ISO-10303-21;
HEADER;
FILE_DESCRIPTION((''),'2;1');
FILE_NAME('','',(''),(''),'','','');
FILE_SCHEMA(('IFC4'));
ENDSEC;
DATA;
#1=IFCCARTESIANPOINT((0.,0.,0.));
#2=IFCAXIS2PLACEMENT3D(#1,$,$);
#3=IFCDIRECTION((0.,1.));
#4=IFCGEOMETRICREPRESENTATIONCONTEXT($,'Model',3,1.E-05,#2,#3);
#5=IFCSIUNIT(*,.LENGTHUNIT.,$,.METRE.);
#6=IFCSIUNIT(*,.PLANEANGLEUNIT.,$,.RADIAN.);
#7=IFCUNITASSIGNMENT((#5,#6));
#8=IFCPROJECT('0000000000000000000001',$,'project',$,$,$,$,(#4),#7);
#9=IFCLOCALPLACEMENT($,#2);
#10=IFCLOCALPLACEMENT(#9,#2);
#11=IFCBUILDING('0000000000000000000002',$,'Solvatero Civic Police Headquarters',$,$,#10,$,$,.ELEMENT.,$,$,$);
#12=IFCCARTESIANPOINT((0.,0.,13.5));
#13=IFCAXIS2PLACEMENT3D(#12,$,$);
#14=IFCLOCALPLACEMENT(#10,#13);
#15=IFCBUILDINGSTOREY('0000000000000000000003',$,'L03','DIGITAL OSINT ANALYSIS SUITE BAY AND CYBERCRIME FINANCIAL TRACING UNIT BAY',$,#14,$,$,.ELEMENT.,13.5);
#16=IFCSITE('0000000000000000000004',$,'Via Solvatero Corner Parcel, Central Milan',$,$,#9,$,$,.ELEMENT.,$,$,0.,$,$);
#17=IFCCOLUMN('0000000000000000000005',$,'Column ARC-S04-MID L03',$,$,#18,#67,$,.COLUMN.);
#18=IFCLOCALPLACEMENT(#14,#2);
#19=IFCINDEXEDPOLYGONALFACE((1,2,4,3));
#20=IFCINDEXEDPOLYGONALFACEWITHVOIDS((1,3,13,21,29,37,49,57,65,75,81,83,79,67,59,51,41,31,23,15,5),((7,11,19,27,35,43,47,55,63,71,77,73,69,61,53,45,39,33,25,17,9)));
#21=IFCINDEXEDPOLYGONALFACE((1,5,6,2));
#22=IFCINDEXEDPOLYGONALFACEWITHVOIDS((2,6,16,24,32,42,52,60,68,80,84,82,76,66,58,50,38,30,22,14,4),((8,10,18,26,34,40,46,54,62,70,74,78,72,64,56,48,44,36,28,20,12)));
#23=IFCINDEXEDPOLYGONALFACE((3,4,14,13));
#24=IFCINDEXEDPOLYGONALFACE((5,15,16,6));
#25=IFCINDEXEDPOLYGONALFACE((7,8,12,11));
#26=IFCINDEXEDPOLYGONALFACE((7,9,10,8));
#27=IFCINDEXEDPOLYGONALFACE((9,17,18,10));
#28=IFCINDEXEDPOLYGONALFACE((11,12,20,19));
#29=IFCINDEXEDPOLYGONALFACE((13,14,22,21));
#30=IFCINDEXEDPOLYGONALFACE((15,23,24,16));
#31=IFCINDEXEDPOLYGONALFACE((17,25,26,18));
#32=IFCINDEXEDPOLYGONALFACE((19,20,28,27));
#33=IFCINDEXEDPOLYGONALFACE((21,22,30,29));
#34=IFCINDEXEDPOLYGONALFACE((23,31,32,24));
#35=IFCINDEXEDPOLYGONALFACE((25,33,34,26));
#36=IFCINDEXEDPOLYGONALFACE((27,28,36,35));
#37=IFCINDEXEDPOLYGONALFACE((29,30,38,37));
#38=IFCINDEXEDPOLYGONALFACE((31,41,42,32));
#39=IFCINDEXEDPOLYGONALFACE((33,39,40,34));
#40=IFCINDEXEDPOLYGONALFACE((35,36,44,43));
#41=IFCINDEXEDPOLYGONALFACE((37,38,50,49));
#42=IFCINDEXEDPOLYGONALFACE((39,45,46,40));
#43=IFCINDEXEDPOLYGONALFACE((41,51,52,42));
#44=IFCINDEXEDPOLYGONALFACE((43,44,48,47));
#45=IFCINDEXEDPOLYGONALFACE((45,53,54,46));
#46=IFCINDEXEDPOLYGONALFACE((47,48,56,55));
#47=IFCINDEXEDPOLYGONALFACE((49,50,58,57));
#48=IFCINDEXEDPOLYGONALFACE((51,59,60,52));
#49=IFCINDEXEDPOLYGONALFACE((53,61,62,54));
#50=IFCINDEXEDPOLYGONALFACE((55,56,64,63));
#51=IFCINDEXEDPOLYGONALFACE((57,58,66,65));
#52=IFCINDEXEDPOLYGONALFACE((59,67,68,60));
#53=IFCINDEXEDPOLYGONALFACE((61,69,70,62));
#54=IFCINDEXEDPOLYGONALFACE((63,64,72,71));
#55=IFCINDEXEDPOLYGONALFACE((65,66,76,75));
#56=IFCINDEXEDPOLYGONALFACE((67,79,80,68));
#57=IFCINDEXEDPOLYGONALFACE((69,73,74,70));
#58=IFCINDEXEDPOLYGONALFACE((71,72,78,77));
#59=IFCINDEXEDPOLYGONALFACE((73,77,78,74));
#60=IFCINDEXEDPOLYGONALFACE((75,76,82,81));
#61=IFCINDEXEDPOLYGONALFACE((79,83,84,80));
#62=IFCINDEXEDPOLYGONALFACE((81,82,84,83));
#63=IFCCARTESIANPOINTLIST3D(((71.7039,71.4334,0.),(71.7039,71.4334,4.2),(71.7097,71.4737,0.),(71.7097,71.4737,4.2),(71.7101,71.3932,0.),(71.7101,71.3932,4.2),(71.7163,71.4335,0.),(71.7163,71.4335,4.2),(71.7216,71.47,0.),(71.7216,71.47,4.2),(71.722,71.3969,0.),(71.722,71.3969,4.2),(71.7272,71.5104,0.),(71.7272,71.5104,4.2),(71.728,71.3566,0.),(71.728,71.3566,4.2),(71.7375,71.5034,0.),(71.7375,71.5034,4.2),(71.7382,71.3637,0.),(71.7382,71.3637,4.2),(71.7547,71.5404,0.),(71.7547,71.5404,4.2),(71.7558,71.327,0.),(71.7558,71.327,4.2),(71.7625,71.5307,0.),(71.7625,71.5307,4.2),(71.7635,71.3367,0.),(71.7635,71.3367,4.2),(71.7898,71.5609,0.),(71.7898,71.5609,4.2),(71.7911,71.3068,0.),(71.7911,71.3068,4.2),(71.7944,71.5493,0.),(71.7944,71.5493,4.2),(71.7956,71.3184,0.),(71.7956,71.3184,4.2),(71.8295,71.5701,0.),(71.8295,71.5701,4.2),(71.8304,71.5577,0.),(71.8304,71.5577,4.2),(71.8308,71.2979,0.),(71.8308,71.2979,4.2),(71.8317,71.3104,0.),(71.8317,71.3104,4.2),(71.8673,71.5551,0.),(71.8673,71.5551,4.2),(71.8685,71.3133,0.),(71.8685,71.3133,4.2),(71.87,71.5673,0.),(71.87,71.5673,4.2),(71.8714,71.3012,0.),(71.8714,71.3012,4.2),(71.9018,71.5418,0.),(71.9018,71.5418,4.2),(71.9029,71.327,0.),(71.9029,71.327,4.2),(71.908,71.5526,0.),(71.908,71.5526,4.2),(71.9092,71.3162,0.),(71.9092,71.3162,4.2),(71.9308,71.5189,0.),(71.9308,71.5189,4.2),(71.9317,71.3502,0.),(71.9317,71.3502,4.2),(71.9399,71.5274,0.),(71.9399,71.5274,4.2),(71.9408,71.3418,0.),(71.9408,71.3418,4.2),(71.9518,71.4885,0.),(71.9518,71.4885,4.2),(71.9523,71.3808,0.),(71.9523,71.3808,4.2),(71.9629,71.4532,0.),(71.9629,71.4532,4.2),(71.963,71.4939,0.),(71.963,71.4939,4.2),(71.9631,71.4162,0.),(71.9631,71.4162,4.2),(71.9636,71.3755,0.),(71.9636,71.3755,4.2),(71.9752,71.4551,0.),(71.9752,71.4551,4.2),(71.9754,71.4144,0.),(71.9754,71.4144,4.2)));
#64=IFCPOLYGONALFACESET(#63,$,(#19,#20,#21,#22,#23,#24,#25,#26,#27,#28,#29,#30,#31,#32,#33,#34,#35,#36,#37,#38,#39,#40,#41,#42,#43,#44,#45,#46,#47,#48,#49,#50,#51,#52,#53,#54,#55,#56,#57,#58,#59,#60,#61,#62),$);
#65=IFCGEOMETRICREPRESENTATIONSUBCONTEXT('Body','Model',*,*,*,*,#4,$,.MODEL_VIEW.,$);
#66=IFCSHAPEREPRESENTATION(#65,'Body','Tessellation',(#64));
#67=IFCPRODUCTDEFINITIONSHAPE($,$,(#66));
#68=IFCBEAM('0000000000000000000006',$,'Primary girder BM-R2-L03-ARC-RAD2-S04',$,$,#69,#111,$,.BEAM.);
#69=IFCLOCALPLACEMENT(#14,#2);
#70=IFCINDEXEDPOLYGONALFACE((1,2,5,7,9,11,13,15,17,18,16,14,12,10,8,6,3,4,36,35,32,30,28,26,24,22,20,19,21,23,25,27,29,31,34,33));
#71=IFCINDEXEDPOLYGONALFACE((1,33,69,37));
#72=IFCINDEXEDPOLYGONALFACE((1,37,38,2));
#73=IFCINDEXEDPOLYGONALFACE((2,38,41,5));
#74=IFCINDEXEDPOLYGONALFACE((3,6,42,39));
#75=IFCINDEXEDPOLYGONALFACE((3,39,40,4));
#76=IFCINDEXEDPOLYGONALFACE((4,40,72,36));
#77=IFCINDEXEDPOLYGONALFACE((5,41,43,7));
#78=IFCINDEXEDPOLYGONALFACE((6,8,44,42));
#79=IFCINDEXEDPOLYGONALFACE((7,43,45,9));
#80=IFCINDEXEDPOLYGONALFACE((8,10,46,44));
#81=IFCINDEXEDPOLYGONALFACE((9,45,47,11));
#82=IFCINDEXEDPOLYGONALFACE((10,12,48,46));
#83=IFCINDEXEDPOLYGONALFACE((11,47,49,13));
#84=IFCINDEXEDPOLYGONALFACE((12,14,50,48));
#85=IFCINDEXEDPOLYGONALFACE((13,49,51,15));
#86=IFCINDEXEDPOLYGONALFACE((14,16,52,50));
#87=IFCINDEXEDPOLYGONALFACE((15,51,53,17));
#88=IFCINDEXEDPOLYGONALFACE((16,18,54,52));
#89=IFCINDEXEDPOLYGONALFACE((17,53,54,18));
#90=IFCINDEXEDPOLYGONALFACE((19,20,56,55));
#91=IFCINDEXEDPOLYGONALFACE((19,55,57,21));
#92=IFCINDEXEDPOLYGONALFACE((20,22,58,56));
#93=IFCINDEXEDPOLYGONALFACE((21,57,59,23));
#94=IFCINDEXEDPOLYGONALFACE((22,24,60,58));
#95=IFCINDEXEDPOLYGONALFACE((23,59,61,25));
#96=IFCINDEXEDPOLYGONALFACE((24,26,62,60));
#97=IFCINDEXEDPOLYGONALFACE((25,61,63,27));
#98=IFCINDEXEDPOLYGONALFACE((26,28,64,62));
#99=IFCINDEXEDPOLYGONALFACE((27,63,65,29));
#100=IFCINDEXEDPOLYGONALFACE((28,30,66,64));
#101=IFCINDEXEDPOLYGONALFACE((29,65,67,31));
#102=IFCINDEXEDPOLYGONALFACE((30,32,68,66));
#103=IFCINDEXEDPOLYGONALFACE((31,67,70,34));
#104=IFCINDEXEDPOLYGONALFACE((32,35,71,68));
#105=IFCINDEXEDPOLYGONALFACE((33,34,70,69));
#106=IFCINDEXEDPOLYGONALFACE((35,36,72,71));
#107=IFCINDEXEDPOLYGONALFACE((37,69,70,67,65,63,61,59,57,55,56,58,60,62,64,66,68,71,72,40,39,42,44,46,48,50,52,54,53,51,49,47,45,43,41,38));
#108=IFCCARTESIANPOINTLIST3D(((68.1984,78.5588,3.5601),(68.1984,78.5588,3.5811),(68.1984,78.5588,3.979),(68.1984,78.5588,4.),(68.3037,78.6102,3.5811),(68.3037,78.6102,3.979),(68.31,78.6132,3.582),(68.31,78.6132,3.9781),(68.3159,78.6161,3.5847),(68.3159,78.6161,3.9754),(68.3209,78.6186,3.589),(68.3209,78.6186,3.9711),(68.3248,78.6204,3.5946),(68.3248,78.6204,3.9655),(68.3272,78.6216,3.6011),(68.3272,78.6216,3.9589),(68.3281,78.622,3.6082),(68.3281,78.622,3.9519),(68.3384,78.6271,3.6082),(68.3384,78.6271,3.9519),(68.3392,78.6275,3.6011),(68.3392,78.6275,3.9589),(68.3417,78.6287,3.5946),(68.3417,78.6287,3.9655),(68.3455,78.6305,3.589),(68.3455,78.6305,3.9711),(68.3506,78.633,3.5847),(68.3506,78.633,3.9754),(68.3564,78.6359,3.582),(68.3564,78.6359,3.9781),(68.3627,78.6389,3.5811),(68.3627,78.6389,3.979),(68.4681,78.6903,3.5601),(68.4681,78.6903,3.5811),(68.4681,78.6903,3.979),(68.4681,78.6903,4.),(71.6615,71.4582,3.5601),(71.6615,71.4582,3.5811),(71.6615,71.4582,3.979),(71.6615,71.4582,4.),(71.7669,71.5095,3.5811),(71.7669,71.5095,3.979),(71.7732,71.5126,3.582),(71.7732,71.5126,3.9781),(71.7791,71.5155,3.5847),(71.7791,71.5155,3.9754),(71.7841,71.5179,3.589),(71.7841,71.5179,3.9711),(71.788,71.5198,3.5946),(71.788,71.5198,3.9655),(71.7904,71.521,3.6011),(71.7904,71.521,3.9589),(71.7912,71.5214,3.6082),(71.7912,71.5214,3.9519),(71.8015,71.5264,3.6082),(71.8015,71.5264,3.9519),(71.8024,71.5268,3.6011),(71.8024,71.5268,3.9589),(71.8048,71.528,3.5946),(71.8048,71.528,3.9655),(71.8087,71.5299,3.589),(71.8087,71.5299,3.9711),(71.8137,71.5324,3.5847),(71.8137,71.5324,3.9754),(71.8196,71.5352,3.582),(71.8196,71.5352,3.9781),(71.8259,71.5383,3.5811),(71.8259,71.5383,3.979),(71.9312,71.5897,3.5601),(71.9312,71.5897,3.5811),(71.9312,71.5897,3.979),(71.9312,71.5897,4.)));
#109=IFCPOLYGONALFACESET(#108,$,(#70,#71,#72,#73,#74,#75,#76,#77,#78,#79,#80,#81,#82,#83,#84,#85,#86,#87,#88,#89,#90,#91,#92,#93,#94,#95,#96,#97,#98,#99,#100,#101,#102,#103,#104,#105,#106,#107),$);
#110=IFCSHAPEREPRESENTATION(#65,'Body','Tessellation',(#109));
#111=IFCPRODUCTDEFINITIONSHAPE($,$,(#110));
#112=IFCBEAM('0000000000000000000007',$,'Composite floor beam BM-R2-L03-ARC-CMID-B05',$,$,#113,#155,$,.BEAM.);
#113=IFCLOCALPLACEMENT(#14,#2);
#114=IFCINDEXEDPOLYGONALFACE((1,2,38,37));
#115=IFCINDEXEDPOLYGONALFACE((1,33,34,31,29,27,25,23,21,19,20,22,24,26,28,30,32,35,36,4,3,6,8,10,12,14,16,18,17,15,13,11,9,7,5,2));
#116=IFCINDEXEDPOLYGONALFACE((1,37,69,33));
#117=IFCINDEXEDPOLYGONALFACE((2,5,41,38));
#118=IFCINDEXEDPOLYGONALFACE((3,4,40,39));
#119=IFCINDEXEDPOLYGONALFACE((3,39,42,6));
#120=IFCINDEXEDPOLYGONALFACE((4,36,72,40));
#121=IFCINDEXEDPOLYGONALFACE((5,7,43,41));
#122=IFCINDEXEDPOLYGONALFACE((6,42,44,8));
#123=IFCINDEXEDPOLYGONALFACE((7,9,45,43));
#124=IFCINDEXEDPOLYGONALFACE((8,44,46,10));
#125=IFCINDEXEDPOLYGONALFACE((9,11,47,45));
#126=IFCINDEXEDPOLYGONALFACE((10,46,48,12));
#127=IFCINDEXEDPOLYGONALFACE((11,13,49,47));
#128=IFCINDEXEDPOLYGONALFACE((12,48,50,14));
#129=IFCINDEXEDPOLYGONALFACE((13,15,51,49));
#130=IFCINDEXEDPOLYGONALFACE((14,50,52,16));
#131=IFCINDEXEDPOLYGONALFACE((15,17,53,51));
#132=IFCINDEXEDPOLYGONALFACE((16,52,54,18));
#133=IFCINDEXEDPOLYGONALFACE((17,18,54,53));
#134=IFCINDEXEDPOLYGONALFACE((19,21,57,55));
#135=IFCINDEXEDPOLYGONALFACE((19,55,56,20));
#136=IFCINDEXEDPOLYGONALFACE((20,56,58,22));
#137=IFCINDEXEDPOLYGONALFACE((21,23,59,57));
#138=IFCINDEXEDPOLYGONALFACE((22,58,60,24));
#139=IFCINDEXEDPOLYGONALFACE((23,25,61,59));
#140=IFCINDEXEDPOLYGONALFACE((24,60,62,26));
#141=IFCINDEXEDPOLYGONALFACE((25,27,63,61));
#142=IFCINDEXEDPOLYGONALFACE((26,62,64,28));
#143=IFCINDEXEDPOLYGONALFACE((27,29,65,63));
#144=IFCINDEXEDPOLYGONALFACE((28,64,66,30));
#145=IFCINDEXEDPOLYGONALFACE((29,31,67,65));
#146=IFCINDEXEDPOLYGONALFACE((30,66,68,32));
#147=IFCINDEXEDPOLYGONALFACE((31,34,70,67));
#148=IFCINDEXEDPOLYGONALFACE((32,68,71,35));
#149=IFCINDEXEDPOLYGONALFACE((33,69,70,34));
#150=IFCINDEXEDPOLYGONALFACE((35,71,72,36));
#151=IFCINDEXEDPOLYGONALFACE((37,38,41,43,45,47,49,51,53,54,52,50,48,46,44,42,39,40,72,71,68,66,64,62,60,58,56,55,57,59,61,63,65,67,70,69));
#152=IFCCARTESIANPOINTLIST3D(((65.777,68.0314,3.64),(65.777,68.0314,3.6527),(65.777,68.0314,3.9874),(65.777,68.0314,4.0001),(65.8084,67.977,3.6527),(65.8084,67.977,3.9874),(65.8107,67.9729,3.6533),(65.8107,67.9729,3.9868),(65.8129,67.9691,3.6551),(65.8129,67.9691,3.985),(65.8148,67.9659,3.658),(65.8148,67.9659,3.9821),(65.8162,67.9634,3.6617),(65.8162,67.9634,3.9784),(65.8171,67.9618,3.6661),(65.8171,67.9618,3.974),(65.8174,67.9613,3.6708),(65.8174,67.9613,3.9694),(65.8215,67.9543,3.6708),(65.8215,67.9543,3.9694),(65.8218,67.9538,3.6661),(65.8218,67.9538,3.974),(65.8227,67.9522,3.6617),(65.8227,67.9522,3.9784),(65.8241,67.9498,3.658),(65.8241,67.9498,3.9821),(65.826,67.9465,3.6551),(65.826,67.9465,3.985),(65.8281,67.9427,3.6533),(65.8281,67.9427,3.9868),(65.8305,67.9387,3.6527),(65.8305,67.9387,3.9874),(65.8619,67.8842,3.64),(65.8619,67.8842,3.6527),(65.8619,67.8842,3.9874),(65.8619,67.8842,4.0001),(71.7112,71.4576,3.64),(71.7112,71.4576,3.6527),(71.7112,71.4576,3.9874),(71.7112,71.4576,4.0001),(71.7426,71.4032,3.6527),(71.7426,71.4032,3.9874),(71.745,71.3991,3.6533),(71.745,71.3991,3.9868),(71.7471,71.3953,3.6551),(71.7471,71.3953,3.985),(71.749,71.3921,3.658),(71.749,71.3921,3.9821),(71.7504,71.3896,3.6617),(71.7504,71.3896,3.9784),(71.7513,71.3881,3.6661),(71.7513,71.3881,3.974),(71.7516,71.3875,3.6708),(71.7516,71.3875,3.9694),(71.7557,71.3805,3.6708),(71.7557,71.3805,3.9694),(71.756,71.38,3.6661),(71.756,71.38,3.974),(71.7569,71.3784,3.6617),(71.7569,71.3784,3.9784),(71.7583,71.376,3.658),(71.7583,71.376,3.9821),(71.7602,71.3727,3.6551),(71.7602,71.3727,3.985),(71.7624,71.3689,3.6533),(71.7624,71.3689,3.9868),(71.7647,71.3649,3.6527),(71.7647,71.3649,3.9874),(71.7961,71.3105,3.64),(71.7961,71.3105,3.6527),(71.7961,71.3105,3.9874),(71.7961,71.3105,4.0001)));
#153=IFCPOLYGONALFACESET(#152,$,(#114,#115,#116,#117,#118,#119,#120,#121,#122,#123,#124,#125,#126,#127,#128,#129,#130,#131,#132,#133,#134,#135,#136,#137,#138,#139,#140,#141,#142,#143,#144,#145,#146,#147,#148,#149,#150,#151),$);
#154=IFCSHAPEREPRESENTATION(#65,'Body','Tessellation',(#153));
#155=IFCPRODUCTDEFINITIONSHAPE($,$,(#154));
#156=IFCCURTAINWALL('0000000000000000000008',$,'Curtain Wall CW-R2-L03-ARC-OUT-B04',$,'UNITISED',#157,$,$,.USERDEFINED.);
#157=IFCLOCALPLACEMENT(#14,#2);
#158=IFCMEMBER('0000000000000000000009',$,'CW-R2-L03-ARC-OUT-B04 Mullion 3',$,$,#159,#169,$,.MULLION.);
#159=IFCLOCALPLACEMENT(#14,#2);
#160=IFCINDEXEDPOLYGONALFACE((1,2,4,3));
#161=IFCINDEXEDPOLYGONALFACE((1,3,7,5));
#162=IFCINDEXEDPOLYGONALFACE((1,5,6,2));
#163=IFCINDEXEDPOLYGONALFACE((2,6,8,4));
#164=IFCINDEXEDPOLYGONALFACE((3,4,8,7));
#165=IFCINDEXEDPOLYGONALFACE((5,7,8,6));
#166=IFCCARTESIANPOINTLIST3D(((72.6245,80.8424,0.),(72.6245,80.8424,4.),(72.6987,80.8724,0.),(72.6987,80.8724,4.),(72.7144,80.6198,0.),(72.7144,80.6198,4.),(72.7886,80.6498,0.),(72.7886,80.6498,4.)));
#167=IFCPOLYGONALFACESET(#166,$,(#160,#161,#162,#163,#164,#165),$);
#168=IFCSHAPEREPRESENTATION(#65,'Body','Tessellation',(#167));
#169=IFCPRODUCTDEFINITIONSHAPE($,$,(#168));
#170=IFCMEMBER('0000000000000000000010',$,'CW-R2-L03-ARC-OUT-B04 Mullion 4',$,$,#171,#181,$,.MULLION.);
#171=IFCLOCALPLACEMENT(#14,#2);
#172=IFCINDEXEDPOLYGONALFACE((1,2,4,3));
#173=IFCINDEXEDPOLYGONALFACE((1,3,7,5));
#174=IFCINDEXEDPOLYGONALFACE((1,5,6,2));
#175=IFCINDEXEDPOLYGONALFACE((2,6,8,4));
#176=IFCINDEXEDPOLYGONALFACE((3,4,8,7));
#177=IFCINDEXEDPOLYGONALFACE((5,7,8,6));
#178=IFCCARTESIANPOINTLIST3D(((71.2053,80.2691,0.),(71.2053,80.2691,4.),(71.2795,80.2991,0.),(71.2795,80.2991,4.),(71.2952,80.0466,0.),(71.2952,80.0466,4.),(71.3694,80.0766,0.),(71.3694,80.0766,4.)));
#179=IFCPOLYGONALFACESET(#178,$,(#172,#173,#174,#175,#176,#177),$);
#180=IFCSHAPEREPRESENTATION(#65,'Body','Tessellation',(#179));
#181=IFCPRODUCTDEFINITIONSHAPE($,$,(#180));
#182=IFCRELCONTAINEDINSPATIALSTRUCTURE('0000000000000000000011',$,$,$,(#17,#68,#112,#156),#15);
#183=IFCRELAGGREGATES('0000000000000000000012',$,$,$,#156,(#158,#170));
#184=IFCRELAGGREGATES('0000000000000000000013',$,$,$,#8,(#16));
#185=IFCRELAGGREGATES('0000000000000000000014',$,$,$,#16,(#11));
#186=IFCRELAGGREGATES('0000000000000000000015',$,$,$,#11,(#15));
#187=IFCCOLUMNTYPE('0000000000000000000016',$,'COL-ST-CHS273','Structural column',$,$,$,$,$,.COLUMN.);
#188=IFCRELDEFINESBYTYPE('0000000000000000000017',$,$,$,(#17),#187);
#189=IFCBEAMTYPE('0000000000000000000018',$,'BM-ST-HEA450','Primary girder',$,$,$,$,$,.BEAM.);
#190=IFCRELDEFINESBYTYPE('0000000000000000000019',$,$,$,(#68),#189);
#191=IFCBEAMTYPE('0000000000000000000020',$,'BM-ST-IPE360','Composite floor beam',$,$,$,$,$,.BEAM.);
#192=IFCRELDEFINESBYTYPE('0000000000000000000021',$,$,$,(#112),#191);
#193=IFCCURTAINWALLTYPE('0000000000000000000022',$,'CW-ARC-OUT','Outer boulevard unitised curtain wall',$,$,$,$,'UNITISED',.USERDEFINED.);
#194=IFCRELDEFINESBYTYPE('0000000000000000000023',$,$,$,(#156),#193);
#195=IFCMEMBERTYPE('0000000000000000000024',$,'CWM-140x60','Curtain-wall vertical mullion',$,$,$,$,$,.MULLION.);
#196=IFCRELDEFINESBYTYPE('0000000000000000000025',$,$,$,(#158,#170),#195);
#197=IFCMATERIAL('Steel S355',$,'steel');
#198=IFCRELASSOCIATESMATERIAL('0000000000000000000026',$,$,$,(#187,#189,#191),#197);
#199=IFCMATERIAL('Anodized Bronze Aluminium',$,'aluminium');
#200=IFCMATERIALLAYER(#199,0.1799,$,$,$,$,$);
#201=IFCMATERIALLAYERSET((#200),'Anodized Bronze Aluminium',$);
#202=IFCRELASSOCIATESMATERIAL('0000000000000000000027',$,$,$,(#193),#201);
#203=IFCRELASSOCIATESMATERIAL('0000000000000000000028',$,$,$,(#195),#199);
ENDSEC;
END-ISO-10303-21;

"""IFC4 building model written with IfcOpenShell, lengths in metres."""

from ifc_helpers import new_model, si_unit, direction, frame, origin, origin_2d, place, context, subcontext, project, spatial, rectangle, hollow_circle, i_section, extrude, material, layer, layer_set, material_profile, profile_set, type_object, element, aggregate, save


model = new_model("IFC4")

# Units and contexts
model_context = context("Model", 3, precision=1e-05, world=origin(), true_north=direction((0.0, 1.0)))
body_context = subcontext(model_context, "Body", "Model", "MODEL_VIEW")
ifc_project = project(units=[si_unit("LENGTHUNIT", "METRE"), si_unit("PLANEANGLEUNIT", "RADIAN")], contexts=[model_context])

# Site, building, storey
site_placement = place(None, origin())
site = spatial("IfcSite", under=ifc_project, at=site_placement, Name="Via Solvatero Corner Parcel, Central Milan", CompositionType="ELEMENT", RefElevation=0.0)
building_placement = place(site_placement, origin())
building = spatial("IfcBuilding", under=site, at=building_placement, Name="Solvatero Civic Police Headquarters", CompositionType="ELEMENT")
storey_placement = place(building_placement, frame((0.0, 0.0, 13.5)))
storey = spatial("IfcBuildingStorey", under=building, at=storey_placement, Name="L03", Description="DIGITAL OSINT ANALYSIS SUITE BAY AND CYBERCRIME FINANCIAL TRACING UNIT BAY", CompositionType="ELEMENT", Elevation=13.5)

# Column
ifc_material_1 = material(Name="Steel S355", Category="steel")
ifc_material_profile_1 = material_profile(ifc_material_1, hollow_circle(Radius=0.1365, WallThickness=0.0125, at=origin_2d()), Name="CHS 273.0x12.5")
ifc_profile_set_1 = profile_set([ifc_material_profile_1], Name="Steel S355")
column_type = type_object("IfcColumnType", Name="COL-ST-CHS273", Description="Structural column", PredefinedType="COLUMN", material=ifc_profile_set_1)
column_placement = place(storey_placement, frame((71.8403, 71.4341, 0.0), z_axis=(0.0, 0.0, 1.0), x_axis=(0.898794, 0.438371, 0.0)))
element("IfcColumn", 1, at=column_placement, inside=storey, type_object=column_type, Name="Column ARC-S04-MID L03", PredefinedType="COLUMN", context=body_context, shape_type="SweptSolid", body=[
    extrude(hollow_circle(Radius=0.1365, WallThickness=0.0125, at=origin_2d()), origin(), (0.0, 0.0, 1.0), 4.2),
])

# Beams
ifc_material_profile_2 = material_profile(ifc_material_1, i_section(OverallWidth=0.3, OverallDepth=0.4399, WebThickness=0.0115, FlangeThickness=0.021, FilletRadius=0.0271, at=origin_2d()), Name="HEA 450")
ifc_profile_set_2 = profile_set([ifc_material_profile_2], Name="Steel S355")
beam_type_1 = type_object("IfcBeamType", Name="BM-ST-HEA450", Description="Primary girder", PredefinedType="BEAM", material=ifc_profile_set_2)
beam_1_placement = place(storey_placement, frame((71.7964, 71.5239, 3.78), z_axis=(-0.438366, 0.898797, 0.0), x_axis=(-0.898797, -0.438366, 0.0)))
element("IfcBeam", 2, at=beam_1_placement, inside=storey, type_object=beam_type_1, Name="Primary girder BM-R2-L03-ARC-RAD2-S04", PredefinedType="BEAM", context=body_context, shape_type="SweptSolid", body=[
    extrude(i_section(OverallWidth=0.3, OverallDepth=0.4399, WebThickness=0.0115, FlangeThickness=0.021, FilletRadius=0.0271, at=origin_2d()), origin(), (0.0, 0.0, 1.0), 7.9001),
])
ifc_material_profile_3 = material_profile(ifc_material_1, i_section(OverallWidth=0.1699, OverallDepth=0.3601, WebThickness=0.0081, FlangeThickness=0.0127, FilletRadius=0.0181, at=origin_2d()), Name="IPE 360")
ifc_profile_set_3 = profile_set([ifc_material_profile_3], Name="Steel S355")
beam_type_2 = type_object("IfcBeamType", Name="BM-ST-IPE360", Description="Composite floor beam", PredefinedType="BEAM", material=ifc_profile_set_3)
beam_2_placement = place(storey_placement, frame((71.7537, 71.384, 3.8201), z_axis=(-0.86602, -0.500009, 0.0), x_axis=(0.500009, -0.86602, 0.0)))
element("IfcBeam", 3, at=beam_2_placement, inside=storey, type_object=beam_type_2, Name="Composite floor beam BM-R2-L03-ARC-CMID-B05", PredefinedType="BEAM", context=body_context, shape_type="SweptSolid", body=[
    extrude(i_section(OverallWidth=0.1699, OverallDepth=0.3601, WebThickness=0.0081, FlangeThickness=0.0127, FilletRadius=0.0181, at=origin_2d()), origin(), (0.0, 0.0, 1.0), 6.8523),
])

# Curtain wall, members
ifc_material_2 = material(Name="Anodized Bronze Aluminium", Category="aluminium")
ifc_layer_1 = layer(ifc_material_2, 0.1799)
ifc_layer_set_1 = layer_set([ifc_layer_1], Name="Anodized Bronze Aluminium")
curtain_wall_type = type_object("IfcCurtainWallType", Name="CW-ARC-OUT", Description="Outer boulevard unitised curtain wall", ElementType="UNITISED", PredefinedType="USERDEFINED", material=ifc_layer_set_1)
curtain_wall_placement = place(storey_placement, origin())
curtain_wall = element("IfcCurtainWall", 4, at=curtain_wall_placement, inside=storey, type_object=curtain_wall_type, Name="Curtain Wall CW-R2-L03-ARC-OUT-B04", ObjectType="UNITISED", PredefinedType="USERDEFINED")
ifc_material_profile_4 = material_profile(ifc_material_2, rectangle(XDim=0.0801, YDim=0.24, at=origin_2d()), Name="ALU MULLION 80x240")
ifc_profile_set_4 = profile_set([ifc_material_profile_4], Name="Anodized Bronze Aluminium")
member_type = type_object("IfcMemberType", Name="CWM-140x60", Description="Curtain-wall vertical mullion", PredefinedType="MULLION", material=ifc_profile_set_4)
member_1_placement = place(storey_placement, frame((72.7065, 80.7461, 0.0), z_axis=(0.0, 0.0, 1.0), x_axis=(-0.92719, -0.37459, 0.0)))
member_1 = element("IfcMember", 5, at=member_1_placement, type_object=member_type, Name="CW-R2-L03-ARC-OUT-B04 Mullion 3", PredefinedType="MULLION", context=body_context, shape_type="SweptSolid", body=[
    extrude(rectangle(XDim=0.0801, YDim=0.24, at=origin_2d()), origin(), (0.0, 0.0, 1.0), 4.0),
])
member_2_placement = place(storey_placement, frame((71.2874, 80.1729, 0.0), z_axis=(0.0, 0.0, 1.0), x_axis=(-0.92719, -0.37459, 0.0)))
member_2 = element("IfcMember", 6, at=member_2_placement, type_object=member_type, Name="CW-R2-L03-ARC-OUT-B04 Mullion 4", PredefinedType="MULLION", context=body_context, shape_type="SweptSolid", body=[
    extrude(rectangle(XDim=0.0801, YDim=0.24, at=origin_2d()), origin(), (0.0, 0.0, 1.0), 4.0),
])
aggregate(curtain_wall, [member_1, member_2])

save(model, "model.ifc")
